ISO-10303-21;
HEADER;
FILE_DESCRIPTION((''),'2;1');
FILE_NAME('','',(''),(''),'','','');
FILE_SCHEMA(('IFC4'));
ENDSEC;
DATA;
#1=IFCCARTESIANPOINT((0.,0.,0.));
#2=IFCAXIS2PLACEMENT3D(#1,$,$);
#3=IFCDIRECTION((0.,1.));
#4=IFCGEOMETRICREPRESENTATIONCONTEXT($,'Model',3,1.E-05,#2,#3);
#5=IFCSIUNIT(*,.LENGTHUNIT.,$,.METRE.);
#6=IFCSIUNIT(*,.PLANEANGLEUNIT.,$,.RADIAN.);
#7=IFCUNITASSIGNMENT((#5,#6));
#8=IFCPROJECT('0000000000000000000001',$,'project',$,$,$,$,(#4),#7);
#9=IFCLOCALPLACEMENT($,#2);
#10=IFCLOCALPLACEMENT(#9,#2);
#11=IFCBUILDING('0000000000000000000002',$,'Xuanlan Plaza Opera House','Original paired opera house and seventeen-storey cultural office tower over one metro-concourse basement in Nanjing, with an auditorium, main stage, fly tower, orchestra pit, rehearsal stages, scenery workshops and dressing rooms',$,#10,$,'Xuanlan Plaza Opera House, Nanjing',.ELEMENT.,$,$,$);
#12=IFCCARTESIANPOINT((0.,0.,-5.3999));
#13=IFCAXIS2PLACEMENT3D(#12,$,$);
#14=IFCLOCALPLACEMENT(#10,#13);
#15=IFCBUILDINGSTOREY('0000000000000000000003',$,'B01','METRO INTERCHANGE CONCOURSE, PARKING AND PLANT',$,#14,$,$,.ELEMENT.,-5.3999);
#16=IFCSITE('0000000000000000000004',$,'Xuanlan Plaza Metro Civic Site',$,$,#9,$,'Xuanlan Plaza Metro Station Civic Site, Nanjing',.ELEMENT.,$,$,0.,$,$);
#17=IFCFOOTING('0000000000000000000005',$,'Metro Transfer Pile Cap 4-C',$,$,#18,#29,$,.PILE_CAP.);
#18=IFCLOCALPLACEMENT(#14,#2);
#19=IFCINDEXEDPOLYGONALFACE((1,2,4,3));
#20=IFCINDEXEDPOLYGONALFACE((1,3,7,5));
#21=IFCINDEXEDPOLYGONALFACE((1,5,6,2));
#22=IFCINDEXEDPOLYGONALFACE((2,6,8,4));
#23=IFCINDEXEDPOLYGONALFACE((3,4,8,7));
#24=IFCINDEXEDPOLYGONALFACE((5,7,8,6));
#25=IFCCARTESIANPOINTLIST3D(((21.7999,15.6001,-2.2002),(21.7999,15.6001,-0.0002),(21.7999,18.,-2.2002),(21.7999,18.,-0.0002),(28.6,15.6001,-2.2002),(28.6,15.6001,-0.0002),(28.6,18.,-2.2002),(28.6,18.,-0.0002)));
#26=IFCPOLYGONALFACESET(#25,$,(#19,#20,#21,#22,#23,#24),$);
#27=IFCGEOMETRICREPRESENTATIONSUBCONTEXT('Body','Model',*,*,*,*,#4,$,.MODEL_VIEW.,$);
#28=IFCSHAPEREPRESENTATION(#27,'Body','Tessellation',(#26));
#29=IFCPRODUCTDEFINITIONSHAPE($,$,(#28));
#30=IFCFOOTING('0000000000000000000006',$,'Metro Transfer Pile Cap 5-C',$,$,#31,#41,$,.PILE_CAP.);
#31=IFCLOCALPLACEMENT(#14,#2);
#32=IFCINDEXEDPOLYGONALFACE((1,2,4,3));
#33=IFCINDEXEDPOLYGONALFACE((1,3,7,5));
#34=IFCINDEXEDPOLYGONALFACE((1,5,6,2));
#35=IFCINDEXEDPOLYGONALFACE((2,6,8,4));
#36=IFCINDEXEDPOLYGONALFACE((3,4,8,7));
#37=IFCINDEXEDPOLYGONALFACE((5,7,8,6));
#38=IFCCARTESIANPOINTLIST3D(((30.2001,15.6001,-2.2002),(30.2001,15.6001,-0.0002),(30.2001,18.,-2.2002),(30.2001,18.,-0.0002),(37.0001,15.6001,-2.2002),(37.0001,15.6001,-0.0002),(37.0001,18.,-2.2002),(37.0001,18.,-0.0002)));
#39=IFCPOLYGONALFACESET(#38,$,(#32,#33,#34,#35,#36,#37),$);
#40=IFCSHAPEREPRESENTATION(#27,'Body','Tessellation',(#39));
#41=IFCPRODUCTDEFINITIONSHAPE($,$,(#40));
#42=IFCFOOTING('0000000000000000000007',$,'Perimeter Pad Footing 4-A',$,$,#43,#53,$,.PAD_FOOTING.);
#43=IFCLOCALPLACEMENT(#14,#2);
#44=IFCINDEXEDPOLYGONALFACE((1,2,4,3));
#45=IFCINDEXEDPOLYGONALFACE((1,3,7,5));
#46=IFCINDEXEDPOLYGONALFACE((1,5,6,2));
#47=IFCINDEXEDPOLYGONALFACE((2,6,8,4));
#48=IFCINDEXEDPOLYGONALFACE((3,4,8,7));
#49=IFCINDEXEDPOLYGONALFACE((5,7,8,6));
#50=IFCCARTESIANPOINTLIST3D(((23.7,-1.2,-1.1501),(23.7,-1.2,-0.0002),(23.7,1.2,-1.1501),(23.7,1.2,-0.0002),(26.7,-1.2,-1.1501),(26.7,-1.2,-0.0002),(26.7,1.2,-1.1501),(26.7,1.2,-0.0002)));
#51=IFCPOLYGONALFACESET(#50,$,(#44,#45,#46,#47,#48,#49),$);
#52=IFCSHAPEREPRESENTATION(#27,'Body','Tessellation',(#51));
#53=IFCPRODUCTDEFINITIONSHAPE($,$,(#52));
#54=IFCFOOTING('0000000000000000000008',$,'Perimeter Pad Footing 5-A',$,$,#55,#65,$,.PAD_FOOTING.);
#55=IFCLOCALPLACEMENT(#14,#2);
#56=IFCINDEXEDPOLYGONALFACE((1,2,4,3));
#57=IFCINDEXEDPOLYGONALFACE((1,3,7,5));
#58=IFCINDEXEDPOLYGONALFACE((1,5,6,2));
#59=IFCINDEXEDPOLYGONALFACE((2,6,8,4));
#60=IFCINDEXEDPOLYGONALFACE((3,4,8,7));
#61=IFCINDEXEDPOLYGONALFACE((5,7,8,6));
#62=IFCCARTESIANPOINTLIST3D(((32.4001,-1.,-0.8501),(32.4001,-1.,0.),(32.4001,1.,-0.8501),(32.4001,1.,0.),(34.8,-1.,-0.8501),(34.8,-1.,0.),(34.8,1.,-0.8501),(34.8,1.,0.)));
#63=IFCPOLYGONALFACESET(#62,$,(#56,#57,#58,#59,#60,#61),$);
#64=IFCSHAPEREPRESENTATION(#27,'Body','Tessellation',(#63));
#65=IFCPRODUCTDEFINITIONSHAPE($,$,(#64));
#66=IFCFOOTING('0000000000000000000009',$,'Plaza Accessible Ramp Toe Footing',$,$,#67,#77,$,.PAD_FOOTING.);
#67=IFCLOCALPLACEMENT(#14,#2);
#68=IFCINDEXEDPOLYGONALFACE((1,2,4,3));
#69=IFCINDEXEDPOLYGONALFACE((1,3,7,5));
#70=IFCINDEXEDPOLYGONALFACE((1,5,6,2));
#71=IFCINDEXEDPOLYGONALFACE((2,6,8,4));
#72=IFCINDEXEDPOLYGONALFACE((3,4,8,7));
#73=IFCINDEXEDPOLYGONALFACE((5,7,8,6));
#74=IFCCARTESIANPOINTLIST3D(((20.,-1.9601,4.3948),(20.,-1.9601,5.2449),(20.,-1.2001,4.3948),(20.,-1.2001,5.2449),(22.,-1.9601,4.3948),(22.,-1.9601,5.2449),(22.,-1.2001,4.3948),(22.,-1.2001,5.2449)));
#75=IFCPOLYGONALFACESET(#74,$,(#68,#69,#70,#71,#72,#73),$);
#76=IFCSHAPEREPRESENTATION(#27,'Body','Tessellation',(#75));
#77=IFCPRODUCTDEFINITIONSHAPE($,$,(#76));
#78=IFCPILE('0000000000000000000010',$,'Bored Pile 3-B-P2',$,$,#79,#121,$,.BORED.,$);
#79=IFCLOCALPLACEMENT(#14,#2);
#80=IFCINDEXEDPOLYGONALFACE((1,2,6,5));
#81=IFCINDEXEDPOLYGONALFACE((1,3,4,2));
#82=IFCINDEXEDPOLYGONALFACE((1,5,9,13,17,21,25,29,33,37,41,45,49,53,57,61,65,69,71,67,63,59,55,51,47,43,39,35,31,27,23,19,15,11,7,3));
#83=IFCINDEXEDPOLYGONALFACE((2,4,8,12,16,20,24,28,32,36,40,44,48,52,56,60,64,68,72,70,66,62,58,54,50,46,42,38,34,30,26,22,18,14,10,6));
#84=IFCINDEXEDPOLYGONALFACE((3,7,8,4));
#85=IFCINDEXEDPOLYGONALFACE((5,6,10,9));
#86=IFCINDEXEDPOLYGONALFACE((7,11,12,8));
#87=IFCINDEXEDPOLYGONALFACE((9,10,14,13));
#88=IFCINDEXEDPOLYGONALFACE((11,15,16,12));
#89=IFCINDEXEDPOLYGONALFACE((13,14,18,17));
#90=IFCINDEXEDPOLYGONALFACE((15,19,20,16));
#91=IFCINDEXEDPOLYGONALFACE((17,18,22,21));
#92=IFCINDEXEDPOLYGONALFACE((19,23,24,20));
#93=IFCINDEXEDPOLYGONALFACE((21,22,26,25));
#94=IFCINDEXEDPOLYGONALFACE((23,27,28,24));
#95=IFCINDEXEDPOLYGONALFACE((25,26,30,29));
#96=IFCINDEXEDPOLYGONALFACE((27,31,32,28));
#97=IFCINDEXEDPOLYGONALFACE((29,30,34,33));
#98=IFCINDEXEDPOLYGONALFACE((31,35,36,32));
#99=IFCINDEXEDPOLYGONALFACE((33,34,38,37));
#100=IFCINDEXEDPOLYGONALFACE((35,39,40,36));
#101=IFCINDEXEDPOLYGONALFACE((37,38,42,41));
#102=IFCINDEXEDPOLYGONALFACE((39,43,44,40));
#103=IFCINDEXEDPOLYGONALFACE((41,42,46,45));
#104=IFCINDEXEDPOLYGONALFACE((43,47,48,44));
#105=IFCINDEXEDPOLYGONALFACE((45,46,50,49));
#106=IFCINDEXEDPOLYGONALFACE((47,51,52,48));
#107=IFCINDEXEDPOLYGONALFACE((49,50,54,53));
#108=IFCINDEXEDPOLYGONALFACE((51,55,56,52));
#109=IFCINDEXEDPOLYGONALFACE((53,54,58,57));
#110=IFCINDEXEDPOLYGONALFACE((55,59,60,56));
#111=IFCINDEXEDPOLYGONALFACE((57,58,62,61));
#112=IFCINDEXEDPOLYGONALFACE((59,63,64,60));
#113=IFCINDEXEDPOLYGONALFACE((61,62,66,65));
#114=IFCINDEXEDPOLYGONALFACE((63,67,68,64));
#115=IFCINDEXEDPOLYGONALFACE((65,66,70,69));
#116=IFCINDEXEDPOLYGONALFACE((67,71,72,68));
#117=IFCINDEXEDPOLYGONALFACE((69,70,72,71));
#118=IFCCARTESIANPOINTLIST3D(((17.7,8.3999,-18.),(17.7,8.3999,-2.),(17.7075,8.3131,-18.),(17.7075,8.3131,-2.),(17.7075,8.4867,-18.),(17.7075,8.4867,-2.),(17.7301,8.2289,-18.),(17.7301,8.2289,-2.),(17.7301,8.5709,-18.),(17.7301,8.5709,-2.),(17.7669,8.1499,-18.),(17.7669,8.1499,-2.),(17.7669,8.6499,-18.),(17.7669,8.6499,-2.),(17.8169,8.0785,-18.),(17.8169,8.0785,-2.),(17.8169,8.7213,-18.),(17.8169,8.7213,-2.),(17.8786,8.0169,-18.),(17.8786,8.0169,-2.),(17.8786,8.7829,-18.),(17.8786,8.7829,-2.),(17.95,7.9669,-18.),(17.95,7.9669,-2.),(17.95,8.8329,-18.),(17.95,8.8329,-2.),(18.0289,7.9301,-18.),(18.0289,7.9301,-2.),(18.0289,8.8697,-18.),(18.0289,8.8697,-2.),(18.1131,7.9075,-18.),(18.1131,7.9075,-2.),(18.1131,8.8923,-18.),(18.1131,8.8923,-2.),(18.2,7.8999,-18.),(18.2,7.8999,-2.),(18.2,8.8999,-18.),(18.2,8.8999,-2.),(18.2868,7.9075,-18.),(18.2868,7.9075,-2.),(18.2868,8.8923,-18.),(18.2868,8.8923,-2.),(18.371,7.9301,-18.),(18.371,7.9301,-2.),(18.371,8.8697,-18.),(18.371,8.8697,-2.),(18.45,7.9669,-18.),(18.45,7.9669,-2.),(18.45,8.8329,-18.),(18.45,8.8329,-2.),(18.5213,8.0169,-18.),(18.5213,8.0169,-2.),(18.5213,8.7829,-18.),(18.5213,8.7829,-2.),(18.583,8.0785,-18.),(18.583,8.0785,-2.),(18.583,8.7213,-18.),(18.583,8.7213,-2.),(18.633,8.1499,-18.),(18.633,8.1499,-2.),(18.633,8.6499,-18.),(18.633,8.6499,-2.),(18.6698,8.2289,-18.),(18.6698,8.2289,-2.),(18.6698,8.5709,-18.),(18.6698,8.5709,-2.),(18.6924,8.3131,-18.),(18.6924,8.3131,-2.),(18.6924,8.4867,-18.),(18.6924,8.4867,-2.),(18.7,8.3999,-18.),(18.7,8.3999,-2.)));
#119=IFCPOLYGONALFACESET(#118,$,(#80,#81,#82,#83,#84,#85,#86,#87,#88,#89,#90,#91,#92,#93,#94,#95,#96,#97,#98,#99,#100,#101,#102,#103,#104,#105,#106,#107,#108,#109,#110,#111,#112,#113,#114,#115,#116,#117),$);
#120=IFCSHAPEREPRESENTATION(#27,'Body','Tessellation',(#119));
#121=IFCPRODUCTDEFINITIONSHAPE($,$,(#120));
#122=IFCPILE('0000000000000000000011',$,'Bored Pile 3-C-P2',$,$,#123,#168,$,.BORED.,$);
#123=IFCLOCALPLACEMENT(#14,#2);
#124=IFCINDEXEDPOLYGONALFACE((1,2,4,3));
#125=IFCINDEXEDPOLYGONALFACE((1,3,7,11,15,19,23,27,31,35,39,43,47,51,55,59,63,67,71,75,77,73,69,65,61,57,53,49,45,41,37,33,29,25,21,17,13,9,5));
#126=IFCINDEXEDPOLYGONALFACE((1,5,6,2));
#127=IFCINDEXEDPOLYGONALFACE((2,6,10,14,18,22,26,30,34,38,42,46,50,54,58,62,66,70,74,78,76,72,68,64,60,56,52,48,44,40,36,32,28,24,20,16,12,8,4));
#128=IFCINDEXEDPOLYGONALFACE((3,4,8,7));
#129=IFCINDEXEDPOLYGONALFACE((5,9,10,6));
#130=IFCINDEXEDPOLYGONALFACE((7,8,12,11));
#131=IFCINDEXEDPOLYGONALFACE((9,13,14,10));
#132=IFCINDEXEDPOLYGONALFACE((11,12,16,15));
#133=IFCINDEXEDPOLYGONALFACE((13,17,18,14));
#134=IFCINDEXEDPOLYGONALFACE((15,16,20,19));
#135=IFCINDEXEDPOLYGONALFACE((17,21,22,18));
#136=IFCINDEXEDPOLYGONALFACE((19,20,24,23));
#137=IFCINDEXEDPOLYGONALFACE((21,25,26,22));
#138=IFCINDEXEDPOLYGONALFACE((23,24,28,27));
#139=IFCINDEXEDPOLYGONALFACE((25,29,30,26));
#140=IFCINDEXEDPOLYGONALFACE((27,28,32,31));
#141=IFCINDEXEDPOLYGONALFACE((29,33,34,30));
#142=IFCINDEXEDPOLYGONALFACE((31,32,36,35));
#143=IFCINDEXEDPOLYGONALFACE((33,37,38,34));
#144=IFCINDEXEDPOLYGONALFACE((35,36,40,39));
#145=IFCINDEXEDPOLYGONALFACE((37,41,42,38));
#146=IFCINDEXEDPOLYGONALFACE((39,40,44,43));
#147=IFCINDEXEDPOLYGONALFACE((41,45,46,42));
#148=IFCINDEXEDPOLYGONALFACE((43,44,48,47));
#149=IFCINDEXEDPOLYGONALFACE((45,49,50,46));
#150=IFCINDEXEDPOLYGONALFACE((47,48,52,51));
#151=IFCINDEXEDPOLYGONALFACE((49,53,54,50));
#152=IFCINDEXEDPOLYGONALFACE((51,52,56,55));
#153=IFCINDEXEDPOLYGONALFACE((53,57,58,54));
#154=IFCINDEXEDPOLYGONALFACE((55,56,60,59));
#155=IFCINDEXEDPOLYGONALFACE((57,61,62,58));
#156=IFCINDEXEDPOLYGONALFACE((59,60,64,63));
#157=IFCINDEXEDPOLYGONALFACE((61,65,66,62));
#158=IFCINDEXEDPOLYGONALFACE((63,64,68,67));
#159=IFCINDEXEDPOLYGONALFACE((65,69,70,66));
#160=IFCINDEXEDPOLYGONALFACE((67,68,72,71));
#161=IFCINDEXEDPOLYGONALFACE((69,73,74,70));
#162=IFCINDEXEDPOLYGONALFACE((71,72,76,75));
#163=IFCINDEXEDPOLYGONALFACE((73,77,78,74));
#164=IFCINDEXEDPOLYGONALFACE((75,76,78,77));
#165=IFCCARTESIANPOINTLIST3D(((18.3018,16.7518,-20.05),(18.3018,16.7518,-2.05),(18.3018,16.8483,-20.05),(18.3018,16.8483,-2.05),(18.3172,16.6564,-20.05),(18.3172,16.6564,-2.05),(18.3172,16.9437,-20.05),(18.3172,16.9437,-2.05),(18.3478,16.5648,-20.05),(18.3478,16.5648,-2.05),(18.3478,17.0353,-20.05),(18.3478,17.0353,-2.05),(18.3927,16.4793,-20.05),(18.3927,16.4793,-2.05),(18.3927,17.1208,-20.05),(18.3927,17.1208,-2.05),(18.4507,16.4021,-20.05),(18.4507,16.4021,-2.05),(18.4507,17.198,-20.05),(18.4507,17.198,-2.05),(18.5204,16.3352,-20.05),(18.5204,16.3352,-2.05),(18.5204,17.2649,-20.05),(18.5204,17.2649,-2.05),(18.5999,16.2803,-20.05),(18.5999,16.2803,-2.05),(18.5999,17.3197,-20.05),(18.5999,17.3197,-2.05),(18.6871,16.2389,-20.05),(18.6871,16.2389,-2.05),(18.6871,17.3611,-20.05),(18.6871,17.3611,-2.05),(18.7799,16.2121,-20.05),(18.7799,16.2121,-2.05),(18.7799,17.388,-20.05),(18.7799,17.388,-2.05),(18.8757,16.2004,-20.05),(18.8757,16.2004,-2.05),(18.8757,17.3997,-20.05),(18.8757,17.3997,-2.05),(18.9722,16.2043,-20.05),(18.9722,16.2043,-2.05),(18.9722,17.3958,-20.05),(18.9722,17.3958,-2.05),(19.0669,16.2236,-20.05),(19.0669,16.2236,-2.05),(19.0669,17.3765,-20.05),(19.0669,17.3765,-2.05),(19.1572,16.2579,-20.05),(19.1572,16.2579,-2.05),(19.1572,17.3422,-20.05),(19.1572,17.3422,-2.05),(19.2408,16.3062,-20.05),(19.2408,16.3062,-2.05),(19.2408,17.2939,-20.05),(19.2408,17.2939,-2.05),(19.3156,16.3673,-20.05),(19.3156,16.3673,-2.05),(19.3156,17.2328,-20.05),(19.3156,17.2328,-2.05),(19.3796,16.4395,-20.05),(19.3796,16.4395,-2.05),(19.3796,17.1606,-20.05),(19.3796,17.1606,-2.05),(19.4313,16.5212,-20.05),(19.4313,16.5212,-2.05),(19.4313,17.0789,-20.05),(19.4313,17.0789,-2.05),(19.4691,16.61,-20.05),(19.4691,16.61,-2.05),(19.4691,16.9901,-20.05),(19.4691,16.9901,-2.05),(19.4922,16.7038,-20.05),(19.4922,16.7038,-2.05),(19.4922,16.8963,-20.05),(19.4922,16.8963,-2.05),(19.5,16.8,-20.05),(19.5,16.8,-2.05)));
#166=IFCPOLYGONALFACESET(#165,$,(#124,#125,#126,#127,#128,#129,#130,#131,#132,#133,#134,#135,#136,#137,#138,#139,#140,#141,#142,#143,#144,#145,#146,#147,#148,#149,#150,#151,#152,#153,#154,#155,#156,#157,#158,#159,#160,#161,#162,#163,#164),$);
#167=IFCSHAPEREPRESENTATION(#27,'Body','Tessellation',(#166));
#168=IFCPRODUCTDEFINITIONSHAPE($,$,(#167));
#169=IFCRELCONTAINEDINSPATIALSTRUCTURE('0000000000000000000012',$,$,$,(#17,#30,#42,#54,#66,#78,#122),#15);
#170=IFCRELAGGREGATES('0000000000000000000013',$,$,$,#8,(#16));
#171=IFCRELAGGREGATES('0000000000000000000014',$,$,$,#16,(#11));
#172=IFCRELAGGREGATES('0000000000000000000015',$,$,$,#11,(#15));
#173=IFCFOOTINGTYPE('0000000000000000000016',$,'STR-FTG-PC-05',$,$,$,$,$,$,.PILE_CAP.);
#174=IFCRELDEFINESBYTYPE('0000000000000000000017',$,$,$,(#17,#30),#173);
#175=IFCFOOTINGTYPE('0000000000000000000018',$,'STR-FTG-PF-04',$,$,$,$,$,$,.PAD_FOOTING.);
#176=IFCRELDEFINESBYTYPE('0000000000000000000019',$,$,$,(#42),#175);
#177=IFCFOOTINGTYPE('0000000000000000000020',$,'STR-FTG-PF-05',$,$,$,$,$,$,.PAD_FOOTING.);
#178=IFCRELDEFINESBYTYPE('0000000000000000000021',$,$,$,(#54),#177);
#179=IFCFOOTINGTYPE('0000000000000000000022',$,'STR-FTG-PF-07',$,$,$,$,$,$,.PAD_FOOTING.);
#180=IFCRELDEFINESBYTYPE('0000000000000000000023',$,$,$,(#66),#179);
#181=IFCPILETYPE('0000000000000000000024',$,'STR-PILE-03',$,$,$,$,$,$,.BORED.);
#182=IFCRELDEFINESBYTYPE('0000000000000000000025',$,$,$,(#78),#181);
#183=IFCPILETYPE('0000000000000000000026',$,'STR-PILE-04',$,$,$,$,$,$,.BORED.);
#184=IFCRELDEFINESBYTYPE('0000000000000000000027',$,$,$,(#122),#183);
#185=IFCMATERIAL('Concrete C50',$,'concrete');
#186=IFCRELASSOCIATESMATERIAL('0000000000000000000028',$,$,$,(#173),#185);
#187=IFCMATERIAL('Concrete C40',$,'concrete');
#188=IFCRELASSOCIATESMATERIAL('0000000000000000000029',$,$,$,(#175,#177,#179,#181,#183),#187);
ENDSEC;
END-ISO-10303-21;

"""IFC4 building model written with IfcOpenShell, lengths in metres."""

from ifc_helpers import new_model, si_unit, direction, frame, origin, origin_2d, place, context, subcontext, project, spatial, rectangle, circle, extrude, material, material_profile, profile_set, type_object, element, save


model = new_model("IFC4")

# Units and contexts
model_context = context("Model", 3, precision=1e-05, world=origin(), true_north=direction((0.0, 1.0)))
body_context = subcontext(model_context, "Body", "Model", "MODEL_VIEW")
ifc_project = project(units=[si_unit("LENGTHUNIT", "METRE"), si_unit("PLANEANGLEUNIT", "RADIAN")], contexts=[model_context])

# Site, building, storey
site_placement = place(None, origin())
site = spatial("IfcSite", under=ifc_project, at=site_placement, Name="Xuanlan Plaza Metro Civic Site", LongName="Xuanlan Plaza Metro Station Civic Site, Nanjing", CompositionType="ELEMENT", RefElevation=0.0)
building_placement = place(site_placement, origin())
building = spatial("IfcBuilding", under=site, at=building_placement, Name="Xuanlan Plaza Opera House", Description="Original paired opera house and seventeen-storey cultural office tower over one metro-concourse basement in Nanjing, with an auditorium, main stage, fly tower, orchestra pit, rehearsal stages, scenery workshops and dressing rooms", LongName="Xuanlan Plaza Opera House, Nanjing", CompositionType="ELEMENT")
storey_placement = place(building_placement, frame((0.0, 0.0, -5.3999)))
storey = spatial("IfcBuildingStorey", under=building, at=storey_placement, Name="B01", Description="METRO INTERCHANGE CONCOURSE, PARKING AND PLANT", CompositionType="ELEMENT", Elevation=-5.3999)

# Footings
ifc_material_1 = material(Name="Concrete C50", Category="concrete")
footing_type_1 = type_object("IfcFootingType", Name="STR-FTG-PC-05", PredefinedType="PILE_CAP", material=ifc_material_1)
for number, where, z_axis, x_axis, name in (
    (1, (25.2, 16.8, -2.2002), (0.0, 0.0, 1.0), (1.0, 0.0, 0.0), "Metro Transfer Pile Cap 4-C"),
    (2, (33.6001, 16.8, -2.2002), (0.0, 0.0, 1.0), (1.0, 0.0, 0.0), "Metro Transfer Pile Cap 5-C"),
):
    element("IfcFooting", number, at=place(storey_placement, frame(where, z_axis=z_axis, x_axis=x_axis)), inside=storey, type_object=footing_type_1, Name=name, PredefinedType="PILE_CAP", context=body_context, shape_type="SweptSolid", body=[
        extrude(rectangle(XDim=6.8, YDim=2.3999, at=origin_2d()), origin(), (0.0, 0.0, 1.0), 2.2),
    ])
ifc_material_2 = material(Name="Concrete C40", Category="concrete")
footing_type_2 = type_object("IfcFootingType", Name="STR-FTG-PF-04", PredefinedType="PAD_FOOTING", material=ifc_material_2)
footing_1_placement = place(storey_placement, frame((25.2, 0.0, -1.1501), z_axis=(0.0, 0.0, 1.0), x_axis=(1.0, 0.0, 0.0)))
element("IfcFooting", 3, at=footing_1_placement, inside=storey, type_object=footing_type_2, Name="Perimeter Pad Footing 4-A", PredefinedType="PAD_FOOTING", context=body_context, shape_type="SweptSolid", body=[
    extrude(rectangle(XDim=3.0, YDim=2.3999, at=origin_2d()), origin(), (0.0, 0.0, 1.0), 1.1499),
])
footing_type_3 = type_object("IfcFootingType", Name="STR-FTG-PF-05", PredefinedType="PAD_FOOTING", material=ifc_material_2)
footing_2_placement = place(storey_placement, frame((33.6001, 0.0, -0.8501), z_axis=(0.0, 0.0, 1.0), x_axis=(1.0, 0.0, 0.0)))
element("IfcFooting", 4, at=footing_2_placement, inside=storey, type_object=footing_type_3, Name="Perimeter Pad Footing 5-A", PredefinedType="PAD_FOOTING", context=body_context, shape_type="SweptSolid", body=[
    extrude(rectangle(XDim=2.3999, YDim=2.0, at=origin_2d()), origin(), (0.0, 0.0, 1.0), 0.8501),
])
footing_type_4 = type_object("IfcFootingType", Name="STR-FTG-PF-07", PredefinedType="PAD_FOOTING", material=ifc_material_2)
footing_3_placement = place(storey_placement, frame((21.0, -1.5801, 4.3948), z_axis=(0.0, 0.0, 1.0), x_axis=(1.0, 0.0, 0.0)))
element("IfcFooting", 5, at=footing_3_placement, inside=storey, type_object=footing_type_4, Name="Plaza Accessible Ramp Toe Footing", PredefinedType="PAD_FOOTING", context=body_context, shape_type="SweptSolid", body=[
    extrude(rectangle(XDim=2.0, YDim=0.76, at=origin_2d()), origin(), (0.0, 0.0, 1.0), 0.8501),
])

# Piles
ifc_material_profile_1 = material_profile(ifc_material_2, circle(Radius=0.5, at=origin_2d()), Name="PILE D1000")
ifc_profile_set_1 = profile_set([ifc_material_profile_1], Name="Concrete C40")
pile_type_1 = type_object("IfcPileType", Name="STR-PILE-03", PredefinedType="BORED", material=ifc_profile_set_1)
pile_placement = place(storey_placement, frame((18.2, 8.3999, -2.0), z_axis=(0.0, 0.0, -1.0), x_axis=(1.0, 0.0, 0.0)))
element("IfcPile", 6, at=pile_placement, inside=storey, type_object=pile_type_1, Name="Bored Pile 3-B-P2", PredefinedType="BORED", context=body_context, shape_type="SweptSolid", body=[
    extrude(circle(Radius=0.5, at=origin_2d()), origin(), (0.0, 0.0, 1.0), 16.0),
])
ifc_material_profile_2 = material_profile(ifc_material_2, circle(Radius=0.6001, at=origin_2d()), Name="PILE D1200")
ifc_profile_set_2 = profile_set([ifc_material_profile_2], Name="Concrete C40")
pile_type_2 = type_object("IfcPileType", Name="STR-PILE-04", PredefinedType="BORED", material=ifc_profile_set_2)
for number, where, z_axis, x_axis, name in (
    (7, (18.8999, 16.8, -2.05), (0.0, 0.0, -1.0), (1.0, 0.0, 0.0), "Bored Pile 3-C-P2"),
):
    element("IfcPile", number, at=place(storey_placement, frame(where, z_axis=z_axis, x_axis=x_axis)), inside=storey, type_object=pile_type_2, Name=name, PredefinedType="BORED", context=body_context, shape_type="SweptSolid", body=[
        extrude(circle(Radius=0.6001, at=origin_2d()), origin(), (0.0, 0.0, 1.0), 18.0),
    ])

save(model, "model.ifc")
